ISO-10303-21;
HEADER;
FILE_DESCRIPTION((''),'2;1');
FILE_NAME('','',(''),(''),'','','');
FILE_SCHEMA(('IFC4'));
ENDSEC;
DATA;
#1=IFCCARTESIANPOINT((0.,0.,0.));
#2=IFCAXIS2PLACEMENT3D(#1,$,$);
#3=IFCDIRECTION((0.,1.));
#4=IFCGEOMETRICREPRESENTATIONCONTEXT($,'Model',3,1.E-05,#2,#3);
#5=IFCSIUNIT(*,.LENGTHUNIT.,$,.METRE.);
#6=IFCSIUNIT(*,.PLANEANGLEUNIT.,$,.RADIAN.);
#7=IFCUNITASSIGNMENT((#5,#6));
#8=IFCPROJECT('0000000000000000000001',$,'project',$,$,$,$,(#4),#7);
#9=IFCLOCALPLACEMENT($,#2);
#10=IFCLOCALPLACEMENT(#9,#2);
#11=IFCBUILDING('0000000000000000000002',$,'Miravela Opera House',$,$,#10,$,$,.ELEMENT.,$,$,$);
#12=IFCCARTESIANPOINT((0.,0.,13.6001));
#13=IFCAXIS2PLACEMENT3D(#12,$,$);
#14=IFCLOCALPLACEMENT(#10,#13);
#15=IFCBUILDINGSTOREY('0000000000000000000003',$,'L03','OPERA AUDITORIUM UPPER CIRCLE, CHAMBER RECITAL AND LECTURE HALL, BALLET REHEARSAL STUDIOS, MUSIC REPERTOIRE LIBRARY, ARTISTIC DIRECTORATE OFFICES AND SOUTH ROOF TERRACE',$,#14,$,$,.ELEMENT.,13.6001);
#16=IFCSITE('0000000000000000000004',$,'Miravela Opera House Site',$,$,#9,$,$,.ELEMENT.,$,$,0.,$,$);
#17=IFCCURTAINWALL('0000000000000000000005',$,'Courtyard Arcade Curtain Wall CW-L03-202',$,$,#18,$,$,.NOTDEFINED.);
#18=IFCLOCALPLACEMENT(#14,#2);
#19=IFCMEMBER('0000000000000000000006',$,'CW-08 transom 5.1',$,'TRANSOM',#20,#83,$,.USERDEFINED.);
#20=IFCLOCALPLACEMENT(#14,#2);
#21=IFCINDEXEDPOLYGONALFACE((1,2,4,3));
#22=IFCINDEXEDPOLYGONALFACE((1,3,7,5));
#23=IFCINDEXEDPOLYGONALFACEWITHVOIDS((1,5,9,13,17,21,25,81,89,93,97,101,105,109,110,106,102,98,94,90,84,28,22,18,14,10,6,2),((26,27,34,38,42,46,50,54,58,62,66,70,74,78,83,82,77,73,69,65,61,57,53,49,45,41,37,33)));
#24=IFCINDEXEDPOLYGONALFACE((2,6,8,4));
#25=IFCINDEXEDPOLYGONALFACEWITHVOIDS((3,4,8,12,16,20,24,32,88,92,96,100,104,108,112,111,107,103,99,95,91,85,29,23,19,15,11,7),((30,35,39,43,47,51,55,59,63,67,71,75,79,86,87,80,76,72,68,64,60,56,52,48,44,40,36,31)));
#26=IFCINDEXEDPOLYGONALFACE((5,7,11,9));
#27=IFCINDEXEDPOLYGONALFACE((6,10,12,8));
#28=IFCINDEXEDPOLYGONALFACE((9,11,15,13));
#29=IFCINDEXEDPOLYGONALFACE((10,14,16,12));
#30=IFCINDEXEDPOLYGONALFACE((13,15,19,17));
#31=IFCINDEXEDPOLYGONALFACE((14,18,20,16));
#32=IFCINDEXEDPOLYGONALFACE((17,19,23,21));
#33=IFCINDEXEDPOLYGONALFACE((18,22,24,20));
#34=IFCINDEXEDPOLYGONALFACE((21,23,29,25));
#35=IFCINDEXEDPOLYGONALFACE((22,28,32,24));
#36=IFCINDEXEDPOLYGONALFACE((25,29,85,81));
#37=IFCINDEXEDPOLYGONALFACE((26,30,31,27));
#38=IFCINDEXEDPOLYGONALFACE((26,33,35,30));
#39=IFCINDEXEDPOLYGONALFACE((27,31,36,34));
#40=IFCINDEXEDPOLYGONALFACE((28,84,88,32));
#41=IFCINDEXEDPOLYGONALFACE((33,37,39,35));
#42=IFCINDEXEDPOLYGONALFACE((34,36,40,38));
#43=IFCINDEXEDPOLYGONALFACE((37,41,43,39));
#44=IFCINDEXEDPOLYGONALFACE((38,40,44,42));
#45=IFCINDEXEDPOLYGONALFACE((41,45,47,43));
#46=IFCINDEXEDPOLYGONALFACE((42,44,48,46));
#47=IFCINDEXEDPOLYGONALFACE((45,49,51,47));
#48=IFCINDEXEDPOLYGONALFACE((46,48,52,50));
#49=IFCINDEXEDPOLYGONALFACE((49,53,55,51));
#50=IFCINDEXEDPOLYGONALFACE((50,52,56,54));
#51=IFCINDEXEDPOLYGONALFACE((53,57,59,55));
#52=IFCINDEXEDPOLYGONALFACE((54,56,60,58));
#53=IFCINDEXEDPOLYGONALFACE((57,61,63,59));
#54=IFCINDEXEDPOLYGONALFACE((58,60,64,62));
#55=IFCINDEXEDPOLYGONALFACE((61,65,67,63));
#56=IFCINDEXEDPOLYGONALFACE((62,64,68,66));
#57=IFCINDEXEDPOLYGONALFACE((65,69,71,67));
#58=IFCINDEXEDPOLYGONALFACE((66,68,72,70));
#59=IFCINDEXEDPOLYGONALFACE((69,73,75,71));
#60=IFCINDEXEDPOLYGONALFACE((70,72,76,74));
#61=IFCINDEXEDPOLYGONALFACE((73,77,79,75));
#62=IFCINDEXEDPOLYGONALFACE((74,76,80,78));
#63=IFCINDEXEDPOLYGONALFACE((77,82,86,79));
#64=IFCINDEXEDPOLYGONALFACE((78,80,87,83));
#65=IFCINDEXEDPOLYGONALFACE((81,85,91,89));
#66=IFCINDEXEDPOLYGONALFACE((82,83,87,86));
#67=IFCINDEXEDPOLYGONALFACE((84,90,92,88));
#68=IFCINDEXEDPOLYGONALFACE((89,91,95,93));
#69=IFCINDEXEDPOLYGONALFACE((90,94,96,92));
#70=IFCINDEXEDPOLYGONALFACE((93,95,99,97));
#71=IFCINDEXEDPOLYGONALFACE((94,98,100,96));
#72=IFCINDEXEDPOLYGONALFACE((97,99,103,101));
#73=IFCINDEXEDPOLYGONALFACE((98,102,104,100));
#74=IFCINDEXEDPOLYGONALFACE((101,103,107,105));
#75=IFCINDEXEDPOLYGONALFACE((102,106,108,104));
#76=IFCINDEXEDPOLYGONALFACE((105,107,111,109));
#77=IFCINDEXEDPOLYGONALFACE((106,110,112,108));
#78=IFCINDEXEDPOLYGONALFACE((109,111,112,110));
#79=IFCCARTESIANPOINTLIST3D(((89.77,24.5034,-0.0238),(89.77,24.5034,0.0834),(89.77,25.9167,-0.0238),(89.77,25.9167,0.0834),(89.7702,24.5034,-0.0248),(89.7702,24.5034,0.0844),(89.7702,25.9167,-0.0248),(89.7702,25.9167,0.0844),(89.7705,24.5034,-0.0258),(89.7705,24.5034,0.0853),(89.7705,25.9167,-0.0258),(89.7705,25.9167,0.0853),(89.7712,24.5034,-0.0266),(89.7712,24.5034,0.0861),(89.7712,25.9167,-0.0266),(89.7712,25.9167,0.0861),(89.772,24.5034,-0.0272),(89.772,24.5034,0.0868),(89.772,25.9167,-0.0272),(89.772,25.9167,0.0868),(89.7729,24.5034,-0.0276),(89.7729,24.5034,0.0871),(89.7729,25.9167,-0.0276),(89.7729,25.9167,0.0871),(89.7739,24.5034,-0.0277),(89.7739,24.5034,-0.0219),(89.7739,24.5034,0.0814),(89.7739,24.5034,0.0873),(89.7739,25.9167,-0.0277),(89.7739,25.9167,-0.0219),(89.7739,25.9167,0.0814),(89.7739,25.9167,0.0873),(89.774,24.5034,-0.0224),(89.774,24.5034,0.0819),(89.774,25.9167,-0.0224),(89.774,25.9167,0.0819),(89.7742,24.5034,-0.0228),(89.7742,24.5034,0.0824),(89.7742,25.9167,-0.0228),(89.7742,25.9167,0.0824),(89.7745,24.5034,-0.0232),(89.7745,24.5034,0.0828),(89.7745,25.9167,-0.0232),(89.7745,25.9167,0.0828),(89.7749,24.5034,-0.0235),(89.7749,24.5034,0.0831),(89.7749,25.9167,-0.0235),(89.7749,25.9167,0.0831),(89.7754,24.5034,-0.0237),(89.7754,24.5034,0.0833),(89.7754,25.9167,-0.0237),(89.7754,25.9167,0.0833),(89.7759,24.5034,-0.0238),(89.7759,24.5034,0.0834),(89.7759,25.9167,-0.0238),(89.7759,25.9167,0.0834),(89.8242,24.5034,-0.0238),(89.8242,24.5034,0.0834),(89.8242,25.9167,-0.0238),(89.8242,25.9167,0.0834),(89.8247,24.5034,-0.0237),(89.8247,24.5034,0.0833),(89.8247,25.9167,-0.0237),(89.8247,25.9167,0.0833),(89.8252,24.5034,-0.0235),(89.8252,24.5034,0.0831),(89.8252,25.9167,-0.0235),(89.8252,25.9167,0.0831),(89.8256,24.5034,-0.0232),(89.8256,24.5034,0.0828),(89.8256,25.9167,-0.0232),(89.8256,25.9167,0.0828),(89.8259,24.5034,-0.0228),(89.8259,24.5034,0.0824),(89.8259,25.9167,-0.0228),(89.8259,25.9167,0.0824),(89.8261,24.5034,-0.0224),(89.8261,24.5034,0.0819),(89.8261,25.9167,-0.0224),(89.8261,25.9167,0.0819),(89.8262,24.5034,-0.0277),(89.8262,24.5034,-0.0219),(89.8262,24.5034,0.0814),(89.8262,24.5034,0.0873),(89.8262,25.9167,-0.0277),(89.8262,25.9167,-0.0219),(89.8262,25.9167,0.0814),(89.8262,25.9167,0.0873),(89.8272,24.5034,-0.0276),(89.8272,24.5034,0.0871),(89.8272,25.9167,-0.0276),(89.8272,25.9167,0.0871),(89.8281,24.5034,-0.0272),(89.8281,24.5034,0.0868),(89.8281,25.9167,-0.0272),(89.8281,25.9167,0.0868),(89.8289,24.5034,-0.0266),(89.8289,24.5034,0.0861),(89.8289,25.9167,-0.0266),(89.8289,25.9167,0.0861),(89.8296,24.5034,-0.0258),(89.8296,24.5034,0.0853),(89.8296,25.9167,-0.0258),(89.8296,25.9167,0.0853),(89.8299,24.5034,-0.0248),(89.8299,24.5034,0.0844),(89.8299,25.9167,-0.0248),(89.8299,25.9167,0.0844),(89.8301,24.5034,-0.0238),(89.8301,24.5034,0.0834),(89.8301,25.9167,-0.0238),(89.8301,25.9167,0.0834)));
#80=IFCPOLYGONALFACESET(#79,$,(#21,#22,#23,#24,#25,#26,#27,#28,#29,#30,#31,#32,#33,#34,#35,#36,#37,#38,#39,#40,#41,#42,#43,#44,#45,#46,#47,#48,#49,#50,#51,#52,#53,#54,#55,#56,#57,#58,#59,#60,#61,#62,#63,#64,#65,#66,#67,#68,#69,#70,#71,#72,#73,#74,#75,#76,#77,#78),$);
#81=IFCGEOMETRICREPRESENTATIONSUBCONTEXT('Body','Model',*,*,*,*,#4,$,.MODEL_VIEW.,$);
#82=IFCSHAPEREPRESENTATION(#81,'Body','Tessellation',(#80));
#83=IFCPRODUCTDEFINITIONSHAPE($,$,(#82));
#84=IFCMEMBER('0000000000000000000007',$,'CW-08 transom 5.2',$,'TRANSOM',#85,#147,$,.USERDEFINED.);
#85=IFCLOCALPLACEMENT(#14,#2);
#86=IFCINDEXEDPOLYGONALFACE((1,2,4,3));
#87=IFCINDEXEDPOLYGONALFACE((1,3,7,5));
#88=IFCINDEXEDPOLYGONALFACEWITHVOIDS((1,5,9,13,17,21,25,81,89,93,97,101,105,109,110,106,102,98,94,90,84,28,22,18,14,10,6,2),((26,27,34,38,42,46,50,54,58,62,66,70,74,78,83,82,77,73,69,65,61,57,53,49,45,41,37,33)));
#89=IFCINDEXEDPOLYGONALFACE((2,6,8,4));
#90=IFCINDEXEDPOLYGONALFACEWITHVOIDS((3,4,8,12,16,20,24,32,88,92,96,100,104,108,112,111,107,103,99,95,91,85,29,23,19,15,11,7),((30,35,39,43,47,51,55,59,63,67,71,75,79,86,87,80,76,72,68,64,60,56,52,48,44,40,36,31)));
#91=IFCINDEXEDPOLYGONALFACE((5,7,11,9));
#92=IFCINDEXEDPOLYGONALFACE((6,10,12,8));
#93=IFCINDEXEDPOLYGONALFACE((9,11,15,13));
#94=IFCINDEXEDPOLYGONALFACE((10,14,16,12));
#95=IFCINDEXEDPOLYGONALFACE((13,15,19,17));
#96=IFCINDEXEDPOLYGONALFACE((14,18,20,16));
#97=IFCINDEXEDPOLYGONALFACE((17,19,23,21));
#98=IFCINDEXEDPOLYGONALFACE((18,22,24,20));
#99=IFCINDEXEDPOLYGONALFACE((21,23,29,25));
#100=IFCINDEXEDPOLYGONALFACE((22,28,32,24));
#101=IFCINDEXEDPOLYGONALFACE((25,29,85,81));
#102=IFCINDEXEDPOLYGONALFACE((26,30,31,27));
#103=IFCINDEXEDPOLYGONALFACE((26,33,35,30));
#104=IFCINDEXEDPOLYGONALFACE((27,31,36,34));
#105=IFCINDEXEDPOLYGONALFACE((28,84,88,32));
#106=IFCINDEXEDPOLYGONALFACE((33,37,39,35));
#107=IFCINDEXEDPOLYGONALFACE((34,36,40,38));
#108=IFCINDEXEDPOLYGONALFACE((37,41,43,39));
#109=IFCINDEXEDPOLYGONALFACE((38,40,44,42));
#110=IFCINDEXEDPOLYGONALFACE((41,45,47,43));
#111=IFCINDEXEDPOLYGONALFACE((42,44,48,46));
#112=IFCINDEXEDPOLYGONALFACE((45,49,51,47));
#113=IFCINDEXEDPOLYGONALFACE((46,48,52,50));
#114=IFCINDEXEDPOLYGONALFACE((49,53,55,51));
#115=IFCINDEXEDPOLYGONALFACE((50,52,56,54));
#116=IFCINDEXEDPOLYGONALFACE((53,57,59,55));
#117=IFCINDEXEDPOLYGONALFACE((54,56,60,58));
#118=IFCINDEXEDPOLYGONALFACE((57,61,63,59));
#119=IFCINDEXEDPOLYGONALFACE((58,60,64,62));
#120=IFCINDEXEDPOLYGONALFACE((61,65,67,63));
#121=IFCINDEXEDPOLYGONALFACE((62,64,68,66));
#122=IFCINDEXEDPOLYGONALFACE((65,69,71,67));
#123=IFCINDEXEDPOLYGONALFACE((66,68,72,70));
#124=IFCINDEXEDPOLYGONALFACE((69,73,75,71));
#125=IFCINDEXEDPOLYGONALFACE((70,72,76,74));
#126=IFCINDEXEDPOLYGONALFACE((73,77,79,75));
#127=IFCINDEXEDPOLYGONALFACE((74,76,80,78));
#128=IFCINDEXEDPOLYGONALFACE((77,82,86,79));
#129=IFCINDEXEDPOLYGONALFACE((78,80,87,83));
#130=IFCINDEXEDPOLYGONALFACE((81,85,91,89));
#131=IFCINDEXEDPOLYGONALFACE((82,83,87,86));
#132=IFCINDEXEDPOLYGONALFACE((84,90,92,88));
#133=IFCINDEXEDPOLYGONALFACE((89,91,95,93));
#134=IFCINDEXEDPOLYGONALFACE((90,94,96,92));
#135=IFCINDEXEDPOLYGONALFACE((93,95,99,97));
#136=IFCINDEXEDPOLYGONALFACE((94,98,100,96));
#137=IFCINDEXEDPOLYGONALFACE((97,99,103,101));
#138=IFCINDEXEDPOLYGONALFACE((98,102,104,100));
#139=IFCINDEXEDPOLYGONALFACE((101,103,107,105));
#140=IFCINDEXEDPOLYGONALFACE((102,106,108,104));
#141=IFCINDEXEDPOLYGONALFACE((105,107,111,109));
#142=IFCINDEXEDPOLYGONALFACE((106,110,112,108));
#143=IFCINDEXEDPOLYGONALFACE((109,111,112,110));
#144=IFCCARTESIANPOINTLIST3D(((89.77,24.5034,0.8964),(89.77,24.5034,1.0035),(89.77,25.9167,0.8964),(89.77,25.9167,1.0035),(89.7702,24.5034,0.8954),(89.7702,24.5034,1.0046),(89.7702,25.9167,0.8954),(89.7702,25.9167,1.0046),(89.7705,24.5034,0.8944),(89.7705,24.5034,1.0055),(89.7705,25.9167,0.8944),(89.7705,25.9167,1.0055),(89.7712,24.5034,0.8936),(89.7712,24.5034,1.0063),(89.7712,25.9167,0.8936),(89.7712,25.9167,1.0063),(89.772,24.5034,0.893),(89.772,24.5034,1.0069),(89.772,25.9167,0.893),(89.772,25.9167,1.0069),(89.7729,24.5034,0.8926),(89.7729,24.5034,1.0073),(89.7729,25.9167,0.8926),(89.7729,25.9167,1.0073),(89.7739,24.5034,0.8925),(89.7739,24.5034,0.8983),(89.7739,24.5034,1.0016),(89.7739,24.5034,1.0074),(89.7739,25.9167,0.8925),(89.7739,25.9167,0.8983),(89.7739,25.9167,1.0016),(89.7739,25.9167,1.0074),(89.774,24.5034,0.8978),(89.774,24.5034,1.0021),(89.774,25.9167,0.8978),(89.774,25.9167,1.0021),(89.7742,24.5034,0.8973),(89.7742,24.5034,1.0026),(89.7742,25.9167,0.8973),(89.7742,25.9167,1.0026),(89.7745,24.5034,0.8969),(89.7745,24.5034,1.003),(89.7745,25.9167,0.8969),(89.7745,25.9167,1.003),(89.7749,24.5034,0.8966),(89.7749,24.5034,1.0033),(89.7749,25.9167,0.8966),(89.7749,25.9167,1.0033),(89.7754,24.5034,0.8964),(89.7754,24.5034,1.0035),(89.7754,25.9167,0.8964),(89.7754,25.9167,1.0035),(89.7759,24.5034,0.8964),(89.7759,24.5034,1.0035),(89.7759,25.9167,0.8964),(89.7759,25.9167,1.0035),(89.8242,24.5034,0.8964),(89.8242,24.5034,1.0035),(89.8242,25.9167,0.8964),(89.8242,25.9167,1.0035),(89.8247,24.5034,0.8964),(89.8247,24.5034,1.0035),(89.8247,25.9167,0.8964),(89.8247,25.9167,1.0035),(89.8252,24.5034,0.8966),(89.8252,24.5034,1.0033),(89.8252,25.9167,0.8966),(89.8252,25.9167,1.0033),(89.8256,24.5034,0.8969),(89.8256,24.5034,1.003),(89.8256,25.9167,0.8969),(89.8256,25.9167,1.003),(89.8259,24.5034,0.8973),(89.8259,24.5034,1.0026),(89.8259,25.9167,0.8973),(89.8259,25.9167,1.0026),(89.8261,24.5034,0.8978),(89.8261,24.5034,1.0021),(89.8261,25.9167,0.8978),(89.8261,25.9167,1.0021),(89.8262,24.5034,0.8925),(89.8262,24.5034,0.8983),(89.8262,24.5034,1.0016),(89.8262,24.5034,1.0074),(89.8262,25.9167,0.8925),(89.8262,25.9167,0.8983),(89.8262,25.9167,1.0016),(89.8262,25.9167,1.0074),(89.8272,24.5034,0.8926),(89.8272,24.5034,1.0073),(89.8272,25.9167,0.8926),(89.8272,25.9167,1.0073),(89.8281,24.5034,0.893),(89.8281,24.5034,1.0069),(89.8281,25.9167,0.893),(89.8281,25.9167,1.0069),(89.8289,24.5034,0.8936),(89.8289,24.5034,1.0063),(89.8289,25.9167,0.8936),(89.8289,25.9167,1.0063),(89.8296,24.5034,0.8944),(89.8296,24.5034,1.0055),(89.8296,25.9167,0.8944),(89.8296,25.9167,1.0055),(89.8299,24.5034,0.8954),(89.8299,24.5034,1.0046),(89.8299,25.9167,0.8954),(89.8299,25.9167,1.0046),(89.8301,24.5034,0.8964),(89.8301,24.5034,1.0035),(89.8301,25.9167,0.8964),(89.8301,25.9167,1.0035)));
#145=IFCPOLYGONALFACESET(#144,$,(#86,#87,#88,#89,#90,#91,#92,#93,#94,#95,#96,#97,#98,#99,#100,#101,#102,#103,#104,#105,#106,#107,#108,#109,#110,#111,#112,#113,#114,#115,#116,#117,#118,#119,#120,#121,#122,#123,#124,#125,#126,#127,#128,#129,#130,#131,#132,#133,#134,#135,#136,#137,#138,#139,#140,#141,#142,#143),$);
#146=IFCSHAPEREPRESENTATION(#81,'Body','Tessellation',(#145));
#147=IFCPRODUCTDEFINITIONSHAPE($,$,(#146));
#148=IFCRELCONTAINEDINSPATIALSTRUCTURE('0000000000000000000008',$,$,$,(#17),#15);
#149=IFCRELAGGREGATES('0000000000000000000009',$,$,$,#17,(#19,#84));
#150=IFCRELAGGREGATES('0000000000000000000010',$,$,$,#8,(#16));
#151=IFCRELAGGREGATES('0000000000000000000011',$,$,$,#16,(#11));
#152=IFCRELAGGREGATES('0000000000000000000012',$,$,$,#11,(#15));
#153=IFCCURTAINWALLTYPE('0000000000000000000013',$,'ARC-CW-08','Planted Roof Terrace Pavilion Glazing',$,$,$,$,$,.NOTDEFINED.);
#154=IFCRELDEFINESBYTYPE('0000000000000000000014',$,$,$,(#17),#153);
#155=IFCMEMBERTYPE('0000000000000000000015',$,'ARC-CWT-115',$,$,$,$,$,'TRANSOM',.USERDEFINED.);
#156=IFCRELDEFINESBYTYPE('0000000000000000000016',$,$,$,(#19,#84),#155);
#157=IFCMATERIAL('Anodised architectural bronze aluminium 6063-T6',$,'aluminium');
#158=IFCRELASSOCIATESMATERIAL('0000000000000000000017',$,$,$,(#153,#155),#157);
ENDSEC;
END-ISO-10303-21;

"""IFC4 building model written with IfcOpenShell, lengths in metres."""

from ifc_helpers import new_model, si_unit, direction, frame, origin, origin_2d, place, context, subcontext, project, spatial, hollow_rectangle, extrude, material, material_profile, profile_set, type_object, element, aggregate, save


model = new_model("IFC4")

# Units and contexts
model_context = context("Model", 3, precision=1e-05, world=origin(), true_north=direction((0.0, 1.0)))
body_context = subcontext(model_context, "Body", "Model", "MODEL_VIEW")
ifc_project = project(units=[si_unit("LENGTHUNIT", "METRE"), si_unit("PLANEANGLEUNIT", "RADIAN")], contexts=[model_context])

# Site, building, storey
site_placement = place(None, origin())
site = spatial("IfcSite", under=ifc_project, at=site_placement, Name="Miravela Opera House Site", CompositionType="ELEMENT", RefElevation=0.0)
building_placement = place(site_placement, origin())
building = spatial("IfcBuilding", under=site, at=building_placement, Name="Miravela Opera House", CompositionType="ELEMENT")
storey_placement = place(building_placement, frame((0.0, 0.0, 13.6001)))
storey = spatial("IfcBuildingStorey", under=building, at=storey_placement, Name="L03", Description="OPERA AUDITORIUM UPPER CIRCLE, CHAMBER RECITAL AND LECTURE HALL, BALLET REHEARSAL STUDIOS, MUSIC REPERTOIRE LIBRARY, ARTISTIC DIRECTORATE OFFICES AND SOUTH ROOF TERRACE", CompositionType="ELEMENT", Elevation=13.6001)

# Curtain wall, members
ifc_material_1 = material(Name="Anodised architectural bronze aluminium 6063-T6", Category="aluminium")
curtain_wall_type = type_object("IfcCurtainWallType", Name="ARC-CW-08", Description="Planted Roof Terrace Pavilion Glazing", PredefinedType="NOTDEFINED", material=ifc_material_1)
curtain_wall_placement = place(storey_placement, origin())
curtain_wall = element("IfcCurtainWall", 1, at=curtain_wall_placement, inside=storey, type_object=curtain_wall_type, Name="Courtyard Arcade Curtain Wall CW-L03-202", PredefinedType="NOTDEFINED")
ifc_material_profile_1 = material_profile(ifc_material_1, hollow_rectangle(XDim=0.0601, YDim=0.115, WallThickness=0.0039, InnerFilletRadius=0.002, OuterFilletRadius=0.0039, at=origin_2d()), Name="CWT-60X115")
ifc_profile_set_1 = profile_set([ifc_material_profile_1])
member_type_1 = type_object("IfcMemberType", Name="ARC-CWT-115", ElementType="TRANSOM", PredefinedType="USERDEFINED", material=ifc_profile_set_1)
member_1_placement = place(storey_placement, frame((89.8, 24.5034, 0.0298), z_axis=(0.0, 1.0, 0.0), x_axis=(-1.0, 0.0, 0.0)))
member_1 = element("IfcMember", 2, at=member_1_placement, type_object=member_type_1, Name="CW-08 transom 5.1", ObjectType="TRANSOM", PredefinedType="USERDEFINED", context=body_context, shape_type="SweptSolid", body=[
    extrude(hollow_rectangle(XDim=0.0601, YDim=0.115, WallThickness=0.0039, InnerFilletRadius=0.002, OuterFilletRadius=0.0039, at=origin_2d()), origin(), (0.0, 0.0, 1.0), 1.4133),
])
member_2_placement = place(storey_placement, frame((89.8, 24.5034, 0.95), z_axis=(0.0, 1.0, 0.0), x_axis=(-1.0, 0.0, 0.0)))
member_2 = element("IfcMember", 3, at=member_2_placement, type_object=member_type_1, Name="CW-08 transom 5.2", ObjectType="TRANSOM", PredefinedType="USERDEFINED", context=body_context, shape_type="SweptSolid", body=[
    extrude(hollow_rectangle(XDim=0.0601, YDim=0.115, WallThickness=0.0039, InnerFilletRadius=0.002, OuterFilletRadius=0.0039, at=origin_2d()), origin(), (0.0, 0.0, 1.0), 1.4133),
])

aggregate(curtain_wall, [member_1, member_2])

save(model, "model.ifc")
